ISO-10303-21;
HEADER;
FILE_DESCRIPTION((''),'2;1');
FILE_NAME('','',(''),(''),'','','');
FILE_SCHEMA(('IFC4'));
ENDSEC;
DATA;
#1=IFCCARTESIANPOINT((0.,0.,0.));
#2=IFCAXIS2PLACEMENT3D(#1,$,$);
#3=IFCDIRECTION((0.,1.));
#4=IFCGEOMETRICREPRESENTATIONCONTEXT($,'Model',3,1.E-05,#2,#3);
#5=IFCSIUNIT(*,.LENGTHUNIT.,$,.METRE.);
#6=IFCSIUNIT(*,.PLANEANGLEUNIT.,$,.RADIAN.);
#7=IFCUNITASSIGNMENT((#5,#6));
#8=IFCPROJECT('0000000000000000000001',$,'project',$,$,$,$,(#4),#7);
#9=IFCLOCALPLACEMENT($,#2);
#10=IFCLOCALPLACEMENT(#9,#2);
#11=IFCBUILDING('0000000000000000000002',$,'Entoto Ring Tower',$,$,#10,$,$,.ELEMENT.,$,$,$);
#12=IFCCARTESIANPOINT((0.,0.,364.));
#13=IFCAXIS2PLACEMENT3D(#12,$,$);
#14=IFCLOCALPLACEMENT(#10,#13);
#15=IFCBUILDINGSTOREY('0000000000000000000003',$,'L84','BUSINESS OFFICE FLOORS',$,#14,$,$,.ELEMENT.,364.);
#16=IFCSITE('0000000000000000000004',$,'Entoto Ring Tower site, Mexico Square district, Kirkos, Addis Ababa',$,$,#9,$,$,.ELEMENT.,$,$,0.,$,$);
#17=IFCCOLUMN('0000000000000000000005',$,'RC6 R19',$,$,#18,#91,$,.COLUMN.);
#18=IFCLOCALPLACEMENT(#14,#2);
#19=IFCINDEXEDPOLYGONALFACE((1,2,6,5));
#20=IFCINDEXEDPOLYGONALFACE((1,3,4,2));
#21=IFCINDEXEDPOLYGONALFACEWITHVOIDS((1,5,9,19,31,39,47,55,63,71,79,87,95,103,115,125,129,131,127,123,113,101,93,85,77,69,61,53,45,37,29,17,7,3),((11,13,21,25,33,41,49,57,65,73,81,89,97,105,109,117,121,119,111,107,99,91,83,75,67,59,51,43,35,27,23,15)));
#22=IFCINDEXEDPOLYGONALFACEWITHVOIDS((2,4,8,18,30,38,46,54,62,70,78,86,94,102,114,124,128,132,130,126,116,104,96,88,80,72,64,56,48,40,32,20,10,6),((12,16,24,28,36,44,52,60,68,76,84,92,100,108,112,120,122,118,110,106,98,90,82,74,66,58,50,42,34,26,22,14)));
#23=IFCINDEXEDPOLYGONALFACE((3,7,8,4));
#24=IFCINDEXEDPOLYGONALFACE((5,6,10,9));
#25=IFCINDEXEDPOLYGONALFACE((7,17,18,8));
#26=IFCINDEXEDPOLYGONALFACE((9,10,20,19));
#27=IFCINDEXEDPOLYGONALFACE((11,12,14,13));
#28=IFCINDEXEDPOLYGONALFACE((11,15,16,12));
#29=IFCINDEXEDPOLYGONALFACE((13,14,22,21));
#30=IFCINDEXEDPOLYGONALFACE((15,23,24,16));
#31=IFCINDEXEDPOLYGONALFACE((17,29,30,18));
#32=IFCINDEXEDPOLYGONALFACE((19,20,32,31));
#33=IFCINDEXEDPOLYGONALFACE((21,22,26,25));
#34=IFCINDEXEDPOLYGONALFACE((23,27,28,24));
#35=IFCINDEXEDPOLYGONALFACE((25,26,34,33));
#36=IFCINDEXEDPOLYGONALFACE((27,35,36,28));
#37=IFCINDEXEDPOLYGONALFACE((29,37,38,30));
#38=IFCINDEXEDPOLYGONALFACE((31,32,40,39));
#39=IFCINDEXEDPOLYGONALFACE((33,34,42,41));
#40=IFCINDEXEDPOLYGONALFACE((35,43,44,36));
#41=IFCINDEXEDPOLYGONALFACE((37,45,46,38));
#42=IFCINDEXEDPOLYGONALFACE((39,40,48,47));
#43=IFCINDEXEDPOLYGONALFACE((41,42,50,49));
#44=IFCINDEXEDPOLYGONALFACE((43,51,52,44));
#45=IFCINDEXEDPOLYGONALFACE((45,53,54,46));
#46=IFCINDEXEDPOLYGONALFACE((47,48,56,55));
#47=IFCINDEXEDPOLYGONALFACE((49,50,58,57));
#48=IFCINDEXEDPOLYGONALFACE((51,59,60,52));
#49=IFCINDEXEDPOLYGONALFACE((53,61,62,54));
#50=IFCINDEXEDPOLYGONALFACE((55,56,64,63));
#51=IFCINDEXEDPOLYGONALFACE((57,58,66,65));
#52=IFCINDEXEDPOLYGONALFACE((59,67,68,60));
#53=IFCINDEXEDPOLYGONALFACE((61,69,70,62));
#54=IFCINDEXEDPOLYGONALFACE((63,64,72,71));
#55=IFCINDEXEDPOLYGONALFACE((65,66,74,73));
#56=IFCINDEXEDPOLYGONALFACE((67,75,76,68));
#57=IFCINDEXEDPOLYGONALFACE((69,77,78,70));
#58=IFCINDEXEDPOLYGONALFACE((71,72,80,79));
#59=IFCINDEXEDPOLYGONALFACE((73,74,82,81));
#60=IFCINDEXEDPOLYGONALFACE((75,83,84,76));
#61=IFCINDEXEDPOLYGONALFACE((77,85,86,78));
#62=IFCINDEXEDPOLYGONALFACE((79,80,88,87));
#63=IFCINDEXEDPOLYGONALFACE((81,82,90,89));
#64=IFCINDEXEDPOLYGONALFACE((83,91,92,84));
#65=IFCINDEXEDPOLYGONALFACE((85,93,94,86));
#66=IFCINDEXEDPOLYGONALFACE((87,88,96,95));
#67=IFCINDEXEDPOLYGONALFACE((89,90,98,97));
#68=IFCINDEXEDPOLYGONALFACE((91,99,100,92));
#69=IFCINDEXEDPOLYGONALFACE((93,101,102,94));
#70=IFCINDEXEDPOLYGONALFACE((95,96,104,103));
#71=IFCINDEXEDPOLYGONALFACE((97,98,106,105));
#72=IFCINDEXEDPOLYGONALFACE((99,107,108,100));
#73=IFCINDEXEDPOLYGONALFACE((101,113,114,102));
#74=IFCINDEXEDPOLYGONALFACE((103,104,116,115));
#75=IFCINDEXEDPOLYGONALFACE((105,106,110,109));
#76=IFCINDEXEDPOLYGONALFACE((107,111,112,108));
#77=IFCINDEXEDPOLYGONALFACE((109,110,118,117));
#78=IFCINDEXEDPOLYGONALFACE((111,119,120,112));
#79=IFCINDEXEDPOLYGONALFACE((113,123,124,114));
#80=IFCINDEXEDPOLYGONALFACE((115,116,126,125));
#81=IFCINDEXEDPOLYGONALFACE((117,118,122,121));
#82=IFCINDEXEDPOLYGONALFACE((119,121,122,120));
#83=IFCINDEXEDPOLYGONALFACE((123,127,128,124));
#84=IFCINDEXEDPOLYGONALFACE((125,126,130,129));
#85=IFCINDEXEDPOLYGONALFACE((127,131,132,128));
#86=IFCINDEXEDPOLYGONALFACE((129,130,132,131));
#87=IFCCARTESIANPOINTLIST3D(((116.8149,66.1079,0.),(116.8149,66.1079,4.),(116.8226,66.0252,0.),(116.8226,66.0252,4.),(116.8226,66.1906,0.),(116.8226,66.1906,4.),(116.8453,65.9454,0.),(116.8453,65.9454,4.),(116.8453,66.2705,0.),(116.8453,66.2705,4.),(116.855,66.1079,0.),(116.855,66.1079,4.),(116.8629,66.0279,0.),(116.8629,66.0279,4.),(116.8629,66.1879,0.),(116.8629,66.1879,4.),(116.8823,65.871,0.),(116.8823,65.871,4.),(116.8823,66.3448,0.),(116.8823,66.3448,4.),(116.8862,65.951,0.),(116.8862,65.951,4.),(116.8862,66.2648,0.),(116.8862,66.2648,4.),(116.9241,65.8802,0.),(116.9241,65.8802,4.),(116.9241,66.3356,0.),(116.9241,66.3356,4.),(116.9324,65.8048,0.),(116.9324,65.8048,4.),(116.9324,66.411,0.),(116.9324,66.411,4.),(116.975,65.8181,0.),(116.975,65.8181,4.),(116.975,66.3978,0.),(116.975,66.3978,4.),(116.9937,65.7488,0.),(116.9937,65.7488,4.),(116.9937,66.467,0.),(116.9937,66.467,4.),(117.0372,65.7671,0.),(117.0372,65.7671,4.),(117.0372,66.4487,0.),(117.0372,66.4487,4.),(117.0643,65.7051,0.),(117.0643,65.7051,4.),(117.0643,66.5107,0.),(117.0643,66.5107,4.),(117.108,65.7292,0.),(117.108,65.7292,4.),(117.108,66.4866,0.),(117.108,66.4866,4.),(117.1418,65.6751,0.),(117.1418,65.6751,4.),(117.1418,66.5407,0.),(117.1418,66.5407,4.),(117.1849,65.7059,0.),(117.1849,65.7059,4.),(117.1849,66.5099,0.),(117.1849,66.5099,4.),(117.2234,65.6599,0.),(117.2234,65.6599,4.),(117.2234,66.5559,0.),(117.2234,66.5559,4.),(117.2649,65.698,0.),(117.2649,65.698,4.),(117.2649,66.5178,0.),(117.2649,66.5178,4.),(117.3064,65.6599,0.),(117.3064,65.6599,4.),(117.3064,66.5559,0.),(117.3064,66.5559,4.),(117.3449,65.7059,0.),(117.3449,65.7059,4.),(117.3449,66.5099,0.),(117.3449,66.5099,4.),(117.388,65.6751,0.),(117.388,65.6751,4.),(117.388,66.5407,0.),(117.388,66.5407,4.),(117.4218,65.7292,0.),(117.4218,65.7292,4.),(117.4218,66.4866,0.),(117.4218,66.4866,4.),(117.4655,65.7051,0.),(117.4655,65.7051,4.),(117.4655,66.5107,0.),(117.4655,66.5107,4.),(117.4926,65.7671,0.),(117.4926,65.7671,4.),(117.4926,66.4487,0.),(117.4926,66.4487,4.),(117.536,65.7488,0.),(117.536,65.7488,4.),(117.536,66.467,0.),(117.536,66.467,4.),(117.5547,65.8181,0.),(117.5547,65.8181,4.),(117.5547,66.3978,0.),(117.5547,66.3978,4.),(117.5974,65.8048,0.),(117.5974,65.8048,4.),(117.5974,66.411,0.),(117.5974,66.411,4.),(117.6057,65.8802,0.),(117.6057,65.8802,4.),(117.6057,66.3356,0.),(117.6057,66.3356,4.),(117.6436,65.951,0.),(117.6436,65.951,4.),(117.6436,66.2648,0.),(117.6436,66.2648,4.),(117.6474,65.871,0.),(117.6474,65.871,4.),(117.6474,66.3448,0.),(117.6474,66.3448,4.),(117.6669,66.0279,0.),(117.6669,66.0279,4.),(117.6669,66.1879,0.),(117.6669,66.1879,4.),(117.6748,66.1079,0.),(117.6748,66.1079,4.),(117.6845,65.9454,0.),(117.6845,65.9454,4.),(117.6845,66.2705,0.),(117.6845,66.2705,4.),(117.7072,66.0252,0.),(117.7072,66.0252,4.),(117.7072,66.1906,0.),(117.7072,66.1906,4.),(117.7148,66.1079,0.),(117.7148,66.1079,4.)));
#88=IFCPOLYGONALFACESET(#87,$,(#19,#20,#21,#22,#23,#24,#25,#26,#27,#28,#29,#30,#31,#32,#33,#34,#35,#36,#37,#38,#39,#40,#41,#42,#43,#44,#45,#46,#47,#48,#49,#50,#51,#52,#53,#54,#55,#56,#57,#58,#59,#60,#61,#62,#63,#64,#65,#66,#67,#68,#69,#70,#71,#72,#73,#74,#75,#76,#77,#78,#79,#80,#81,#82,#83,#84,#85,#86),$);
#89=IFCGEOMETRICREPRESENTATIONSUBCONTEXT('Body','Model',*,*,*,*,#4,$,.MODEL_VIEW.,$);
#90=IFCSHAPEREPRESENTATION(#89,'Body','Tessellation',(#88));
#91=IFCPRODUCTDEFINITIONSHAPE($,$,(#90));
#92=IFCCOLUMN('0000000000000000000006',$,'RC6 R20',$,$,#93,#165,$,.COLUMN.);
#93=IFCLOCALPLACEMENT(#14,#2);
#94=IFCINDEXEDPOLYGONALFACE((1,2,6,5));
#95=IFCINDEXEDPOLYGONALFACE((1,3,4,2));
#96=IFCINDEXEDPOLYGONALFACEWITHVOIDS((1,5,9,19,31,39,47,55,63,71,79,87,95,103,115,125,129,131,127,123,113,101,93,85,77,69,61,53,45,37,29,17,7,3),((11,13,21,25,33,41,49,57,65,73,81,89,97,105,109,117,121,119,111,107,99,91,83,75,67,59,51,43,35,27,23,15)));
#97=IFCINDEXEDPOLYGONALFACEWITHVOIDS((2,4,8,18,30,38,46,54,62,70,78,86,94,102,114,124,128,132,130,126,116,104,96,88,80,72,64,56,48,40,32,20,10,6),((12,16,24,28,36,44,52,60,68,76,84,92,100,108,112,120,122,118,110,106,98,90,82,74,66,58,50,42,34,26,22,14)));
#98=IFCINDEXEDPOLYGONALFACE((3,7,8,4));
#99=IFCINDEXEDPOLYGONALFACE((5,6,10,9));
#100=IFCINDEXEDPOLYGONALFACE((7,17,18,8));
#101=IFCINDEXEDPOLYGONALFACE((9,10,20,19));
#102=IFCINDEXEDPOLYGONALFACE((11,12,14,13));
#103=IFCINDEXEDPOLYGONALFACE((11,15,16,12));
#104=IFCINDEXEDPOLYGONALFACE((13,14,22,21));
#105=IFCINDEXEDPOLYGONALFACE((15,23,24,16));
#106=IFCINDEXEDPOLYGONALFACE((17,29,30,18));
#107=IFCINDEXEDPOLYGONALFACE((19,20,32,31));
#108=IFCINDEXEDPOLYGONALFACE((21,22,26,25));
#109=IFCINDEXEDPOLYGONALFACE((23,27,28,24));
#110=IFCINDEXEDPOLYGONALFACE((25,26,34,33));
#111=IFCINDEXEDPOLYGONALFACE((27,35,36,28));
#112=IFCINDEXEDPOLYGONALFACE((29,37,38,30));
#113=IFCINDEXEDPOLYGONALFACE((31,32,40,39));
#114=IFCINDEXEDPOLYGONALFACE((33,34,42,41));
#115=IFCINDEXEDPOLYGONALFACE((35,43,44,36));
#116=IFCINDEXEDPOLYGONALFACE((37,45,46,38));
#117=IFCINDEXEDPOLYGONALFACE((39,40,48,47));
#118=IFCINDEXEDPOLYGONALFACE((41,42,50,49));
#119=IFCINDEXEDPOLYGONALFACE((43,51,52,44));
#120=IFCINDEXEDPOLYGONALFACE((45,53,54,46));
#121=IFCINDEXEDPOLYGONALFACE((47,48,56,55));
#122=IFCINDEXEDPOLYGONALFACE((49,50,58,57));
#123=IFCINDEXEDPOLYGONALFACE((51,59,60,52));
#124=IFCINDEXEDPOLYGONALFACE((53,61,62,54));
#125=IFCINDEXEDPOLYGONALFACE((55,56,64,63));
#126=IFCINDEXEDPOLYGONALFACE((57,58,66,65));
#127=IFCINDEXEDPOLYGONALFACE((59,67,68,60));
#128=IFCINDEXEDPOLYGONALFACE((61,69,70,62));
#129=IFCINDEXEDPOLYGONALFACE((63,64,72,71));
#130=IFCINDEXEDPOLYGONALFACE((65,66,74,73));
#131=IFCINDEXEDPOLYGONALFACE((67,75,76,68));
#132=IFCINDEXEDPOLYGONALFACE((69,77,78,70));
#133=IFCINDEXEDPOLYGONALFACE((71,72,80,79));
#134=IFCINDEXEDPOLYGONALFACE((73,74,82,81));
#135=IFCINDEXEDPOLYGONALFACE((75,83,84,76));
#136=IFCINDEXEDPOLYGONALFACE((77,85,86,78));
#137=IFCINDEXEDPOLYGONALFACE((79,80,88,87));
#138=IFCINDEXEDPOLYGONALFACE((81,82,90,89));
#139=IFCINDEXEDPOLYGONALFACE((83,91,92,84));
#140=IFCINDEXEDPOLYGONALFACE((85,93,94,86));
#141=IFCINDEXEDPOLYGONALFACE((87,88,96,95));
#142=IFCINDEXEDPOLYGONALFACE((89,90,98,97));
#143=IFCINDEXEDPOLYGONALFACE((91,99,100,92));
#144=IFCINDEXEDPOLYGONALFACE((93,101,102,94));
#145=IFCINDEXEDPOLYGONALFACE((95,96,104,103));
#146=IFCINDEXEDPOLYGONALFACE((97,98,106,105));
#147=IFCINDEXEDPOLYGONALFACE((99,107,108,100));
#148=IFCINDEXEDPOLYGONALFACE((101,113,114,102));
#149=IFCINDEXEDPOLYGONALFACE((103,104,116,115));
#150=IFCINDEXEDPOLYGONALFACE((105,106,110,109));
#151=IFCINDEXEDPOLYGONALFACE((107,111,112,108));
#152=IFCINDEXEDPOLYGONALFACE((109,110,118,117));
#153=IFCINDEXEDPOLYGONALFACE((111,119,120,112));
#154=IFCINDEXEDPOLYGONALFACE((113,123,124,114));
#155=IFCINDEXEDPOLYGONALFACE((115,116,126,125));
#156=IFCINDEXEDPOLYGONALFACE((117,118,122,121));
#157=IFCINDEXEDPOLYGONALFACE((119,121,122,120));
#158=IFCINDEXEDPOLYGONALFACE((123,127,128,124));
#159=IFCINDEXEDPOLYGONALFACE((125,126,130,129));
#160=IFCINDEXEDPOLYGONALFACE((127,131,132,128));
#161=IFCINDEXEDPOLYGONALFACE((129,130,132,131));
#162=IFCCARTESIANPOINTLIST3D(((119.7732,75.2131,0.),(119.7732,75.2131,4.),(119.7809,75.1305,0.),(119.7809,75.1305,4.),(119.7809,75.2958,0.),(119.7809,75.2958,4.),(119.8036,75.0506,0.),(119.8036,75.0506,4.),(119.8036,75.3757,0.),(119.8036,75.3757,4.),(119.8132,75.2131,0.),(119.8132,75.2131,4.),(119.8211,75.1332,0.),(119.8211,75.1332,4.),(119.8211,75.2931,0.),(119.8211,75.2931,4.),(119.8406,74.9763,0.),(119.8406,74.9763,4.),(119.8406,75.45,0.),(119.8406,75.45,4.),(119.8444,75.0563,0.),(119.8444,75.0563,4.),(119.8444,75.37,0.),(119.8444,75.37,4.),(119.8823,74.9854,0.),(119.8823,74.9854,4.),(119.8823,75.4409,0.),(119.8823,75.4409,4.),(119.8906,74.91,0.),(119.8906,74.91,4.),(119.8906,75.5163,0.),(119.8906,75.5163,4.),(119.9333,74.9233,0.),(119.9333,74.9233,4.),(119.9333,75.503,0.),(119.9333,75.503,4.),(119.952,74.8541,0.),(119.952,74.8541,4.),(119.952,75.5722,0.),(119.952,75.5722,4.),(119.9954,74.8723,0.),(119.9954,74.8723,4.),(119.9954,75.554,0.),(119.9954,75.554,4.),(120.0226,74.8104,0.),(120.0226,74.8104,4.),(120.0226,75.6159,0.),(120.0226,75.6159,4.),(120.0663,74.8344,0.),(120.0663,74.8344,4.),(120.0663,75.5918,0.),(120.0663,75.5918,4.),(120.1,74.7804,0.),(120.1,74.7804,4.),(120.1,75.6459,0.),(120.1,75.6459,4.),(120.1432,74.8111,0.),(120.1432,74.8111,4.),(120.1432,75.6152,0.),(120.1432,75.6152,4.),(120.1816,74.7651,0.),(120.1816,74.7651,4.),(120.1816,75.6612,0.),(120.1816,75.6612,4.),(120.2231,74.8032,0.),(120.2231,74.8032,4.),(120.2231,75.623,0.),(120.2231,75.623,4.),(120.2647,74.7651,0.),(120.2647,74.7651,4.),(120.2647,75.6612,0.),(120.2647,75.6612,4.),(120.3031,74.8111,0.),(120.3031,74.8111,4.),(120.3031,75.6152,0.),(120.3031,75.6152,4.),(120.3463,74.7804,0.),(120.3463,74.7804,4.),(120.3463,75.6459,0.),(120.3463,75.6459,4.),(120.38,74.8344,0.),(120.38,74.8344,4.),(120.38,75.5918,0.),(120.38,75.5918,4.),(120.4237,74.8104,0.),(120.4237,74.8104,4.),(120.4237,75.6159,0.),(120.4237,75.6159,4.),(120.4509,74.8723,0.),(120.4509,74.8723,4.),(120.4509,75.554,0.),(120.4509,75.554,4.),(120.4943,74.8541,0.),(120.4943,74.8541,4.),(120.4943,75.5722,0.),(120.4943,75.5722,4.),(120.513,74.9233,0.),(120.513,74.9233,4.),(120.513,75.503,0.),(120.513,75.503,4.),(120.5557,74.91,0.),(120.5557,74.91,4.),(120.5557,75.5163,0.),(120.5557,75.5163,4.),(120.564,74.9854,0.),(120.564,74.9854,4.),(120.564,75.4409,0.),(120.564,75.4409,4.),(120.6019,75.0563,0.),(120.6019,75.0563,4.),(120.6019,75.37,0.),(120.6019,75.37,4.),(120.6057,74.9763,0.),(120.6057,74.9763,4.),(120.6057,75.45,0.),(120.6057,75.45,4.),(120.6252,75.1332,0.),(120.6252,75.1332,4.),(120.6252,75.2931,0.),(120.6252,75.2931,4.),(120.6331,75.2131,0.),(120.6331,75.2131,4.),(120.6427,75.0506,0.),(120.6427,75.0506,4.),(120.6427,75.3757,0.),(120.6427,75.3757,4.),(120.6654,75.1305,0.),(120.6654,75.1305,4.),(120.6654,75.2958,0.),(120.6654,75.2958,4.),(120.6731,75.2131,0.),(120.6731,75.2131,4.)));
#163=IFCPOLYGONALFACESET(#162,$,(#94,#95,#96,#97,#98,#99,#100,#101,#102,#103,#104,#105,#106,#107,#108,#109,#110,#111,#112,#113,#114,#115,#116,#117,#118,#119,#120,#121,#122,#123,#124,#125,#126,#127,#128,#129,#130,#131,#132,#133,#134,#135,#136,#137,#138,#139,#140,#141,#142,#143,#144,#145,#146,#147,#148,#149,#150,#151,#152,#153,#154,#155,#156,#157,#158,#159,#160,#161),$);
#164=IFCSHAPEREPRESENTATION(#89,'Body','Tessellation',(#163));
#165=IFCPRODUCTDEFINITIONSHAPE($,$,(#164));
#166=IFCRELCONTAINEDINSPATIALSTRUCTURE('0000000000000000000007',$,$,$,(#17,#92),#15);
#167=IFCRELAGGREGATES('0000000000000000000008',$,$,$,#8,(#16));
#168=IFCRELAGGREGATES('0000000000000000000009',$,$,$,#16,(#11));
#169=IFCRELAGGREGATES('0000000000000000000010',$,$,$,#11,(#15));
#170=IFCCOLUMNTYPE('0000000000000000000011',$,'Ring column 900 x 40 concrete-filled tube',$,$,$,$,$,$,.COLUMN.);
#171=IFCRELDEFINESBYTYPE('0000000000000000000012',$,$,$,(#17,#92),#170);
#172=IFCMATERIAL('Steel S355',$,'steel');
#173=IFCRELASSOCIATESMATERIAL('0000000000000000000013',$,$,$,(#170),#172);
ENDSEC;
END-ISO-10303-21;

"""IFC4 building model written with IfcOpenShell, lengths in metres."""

from ifc_helpers import new_model, si_unit, direction, frame, origin, origin_2d, place, context, subcontext, project, spatial, circle, hollow_circle, extrude, material, material_profile, profile_set, type_object, element, save


model = new_model("IFC4")

# Units and contexts
model_context = context("Model", 3, precision=1e-05, world=origin(), true_north=direction((0.0, 1.0)))
body_context = subcontext(model_context, "Body", "Model", "MODEL_VIEW")
ifc_project = project(units=[si_unit("LENGTHUNIT", "METRE"), si_unit("PLANEANGLEUNIT", "RADIAN")], contexts=[model_context])

# Site, building, storey
site_placement = place(None, origin())
site = spatial("IfcSite", under=ifc_project, at=site_placement, Name="Entoto Ring Tower site, Mexico Square district, Kirkos, Addis Ababa", CompositionType="ELEMENT", RefElevation=0.0)
building_placement = place(site_placement, origin())
building = spatial("IfcBuilding", under=site, at=building_placement, Name="Entoto Ring Tower", CompositionType="ELEMENT")
storey_placement = place(building_placement, frame((0.0, 0.0, 364.0)))
storey = spatial("IfcBuildingStorey", under=building, at=storey_placement, Name="L84", Description="BUSINESS OFFICE FLOORS", CompositionType="ELEMENT", Elevation=364.0)

# Columns
ifc_material_1 = material(Name="Steel S355", Category="steel")
ifc_material_profile_1 = material_profile(ifc_material_1, hollow_circle(Radius=0.45, WallThickness=0.04, at=origin_2d()), Name="CHS 900 x 40")
ifc_material_2 = material(Name="Concrete C60/75", Category="concrete")
ifc_material_profile_2 = material_profile(ifc_material_2, circle(Radius=0.4099, at=origin_2d()), Name="Concrete C60/75 infill")
ifc_profile_set_1 = profile_set([ifc_material_profile_1, ifc_material_profile_2], Name="Steel S355")
column_type = type_object("IfcColumnType", Name="Ring column 900 x 40 concrete-filled tube", PredefinedType="COLUMN", material=ifc_profile_set_1)
for number, where, z_axis, x_axis, name in (
    (1, (117.2649, 66.1079, 0.0), (0.0, 0.0, 1.0), (1.0, 0.0, 0.0), "RC6 R19"),
    (2, (120.2231, 75.2131, 0.0), (0.0, 0.0, 1.0), (1.0, 0.0, 0.0), "RC6 R20"),
):
    element("IfcColumn", number, at=place(storey_placement, frame(where, z_axis=z_axis, x_axis=x_axis)), inside=storey, type_object=column_type, Name=name, PredefinedType="COLUMN", context=body_context, shape_type="SweptSolid", body=[
        extrude(hollow_circle(Radius=0.45, WallThickness=0.04, at=origin_2d()), origin(), (0.0, 0.0, 1.0), 4.0),
    ])

save(model, "model.ifc")
